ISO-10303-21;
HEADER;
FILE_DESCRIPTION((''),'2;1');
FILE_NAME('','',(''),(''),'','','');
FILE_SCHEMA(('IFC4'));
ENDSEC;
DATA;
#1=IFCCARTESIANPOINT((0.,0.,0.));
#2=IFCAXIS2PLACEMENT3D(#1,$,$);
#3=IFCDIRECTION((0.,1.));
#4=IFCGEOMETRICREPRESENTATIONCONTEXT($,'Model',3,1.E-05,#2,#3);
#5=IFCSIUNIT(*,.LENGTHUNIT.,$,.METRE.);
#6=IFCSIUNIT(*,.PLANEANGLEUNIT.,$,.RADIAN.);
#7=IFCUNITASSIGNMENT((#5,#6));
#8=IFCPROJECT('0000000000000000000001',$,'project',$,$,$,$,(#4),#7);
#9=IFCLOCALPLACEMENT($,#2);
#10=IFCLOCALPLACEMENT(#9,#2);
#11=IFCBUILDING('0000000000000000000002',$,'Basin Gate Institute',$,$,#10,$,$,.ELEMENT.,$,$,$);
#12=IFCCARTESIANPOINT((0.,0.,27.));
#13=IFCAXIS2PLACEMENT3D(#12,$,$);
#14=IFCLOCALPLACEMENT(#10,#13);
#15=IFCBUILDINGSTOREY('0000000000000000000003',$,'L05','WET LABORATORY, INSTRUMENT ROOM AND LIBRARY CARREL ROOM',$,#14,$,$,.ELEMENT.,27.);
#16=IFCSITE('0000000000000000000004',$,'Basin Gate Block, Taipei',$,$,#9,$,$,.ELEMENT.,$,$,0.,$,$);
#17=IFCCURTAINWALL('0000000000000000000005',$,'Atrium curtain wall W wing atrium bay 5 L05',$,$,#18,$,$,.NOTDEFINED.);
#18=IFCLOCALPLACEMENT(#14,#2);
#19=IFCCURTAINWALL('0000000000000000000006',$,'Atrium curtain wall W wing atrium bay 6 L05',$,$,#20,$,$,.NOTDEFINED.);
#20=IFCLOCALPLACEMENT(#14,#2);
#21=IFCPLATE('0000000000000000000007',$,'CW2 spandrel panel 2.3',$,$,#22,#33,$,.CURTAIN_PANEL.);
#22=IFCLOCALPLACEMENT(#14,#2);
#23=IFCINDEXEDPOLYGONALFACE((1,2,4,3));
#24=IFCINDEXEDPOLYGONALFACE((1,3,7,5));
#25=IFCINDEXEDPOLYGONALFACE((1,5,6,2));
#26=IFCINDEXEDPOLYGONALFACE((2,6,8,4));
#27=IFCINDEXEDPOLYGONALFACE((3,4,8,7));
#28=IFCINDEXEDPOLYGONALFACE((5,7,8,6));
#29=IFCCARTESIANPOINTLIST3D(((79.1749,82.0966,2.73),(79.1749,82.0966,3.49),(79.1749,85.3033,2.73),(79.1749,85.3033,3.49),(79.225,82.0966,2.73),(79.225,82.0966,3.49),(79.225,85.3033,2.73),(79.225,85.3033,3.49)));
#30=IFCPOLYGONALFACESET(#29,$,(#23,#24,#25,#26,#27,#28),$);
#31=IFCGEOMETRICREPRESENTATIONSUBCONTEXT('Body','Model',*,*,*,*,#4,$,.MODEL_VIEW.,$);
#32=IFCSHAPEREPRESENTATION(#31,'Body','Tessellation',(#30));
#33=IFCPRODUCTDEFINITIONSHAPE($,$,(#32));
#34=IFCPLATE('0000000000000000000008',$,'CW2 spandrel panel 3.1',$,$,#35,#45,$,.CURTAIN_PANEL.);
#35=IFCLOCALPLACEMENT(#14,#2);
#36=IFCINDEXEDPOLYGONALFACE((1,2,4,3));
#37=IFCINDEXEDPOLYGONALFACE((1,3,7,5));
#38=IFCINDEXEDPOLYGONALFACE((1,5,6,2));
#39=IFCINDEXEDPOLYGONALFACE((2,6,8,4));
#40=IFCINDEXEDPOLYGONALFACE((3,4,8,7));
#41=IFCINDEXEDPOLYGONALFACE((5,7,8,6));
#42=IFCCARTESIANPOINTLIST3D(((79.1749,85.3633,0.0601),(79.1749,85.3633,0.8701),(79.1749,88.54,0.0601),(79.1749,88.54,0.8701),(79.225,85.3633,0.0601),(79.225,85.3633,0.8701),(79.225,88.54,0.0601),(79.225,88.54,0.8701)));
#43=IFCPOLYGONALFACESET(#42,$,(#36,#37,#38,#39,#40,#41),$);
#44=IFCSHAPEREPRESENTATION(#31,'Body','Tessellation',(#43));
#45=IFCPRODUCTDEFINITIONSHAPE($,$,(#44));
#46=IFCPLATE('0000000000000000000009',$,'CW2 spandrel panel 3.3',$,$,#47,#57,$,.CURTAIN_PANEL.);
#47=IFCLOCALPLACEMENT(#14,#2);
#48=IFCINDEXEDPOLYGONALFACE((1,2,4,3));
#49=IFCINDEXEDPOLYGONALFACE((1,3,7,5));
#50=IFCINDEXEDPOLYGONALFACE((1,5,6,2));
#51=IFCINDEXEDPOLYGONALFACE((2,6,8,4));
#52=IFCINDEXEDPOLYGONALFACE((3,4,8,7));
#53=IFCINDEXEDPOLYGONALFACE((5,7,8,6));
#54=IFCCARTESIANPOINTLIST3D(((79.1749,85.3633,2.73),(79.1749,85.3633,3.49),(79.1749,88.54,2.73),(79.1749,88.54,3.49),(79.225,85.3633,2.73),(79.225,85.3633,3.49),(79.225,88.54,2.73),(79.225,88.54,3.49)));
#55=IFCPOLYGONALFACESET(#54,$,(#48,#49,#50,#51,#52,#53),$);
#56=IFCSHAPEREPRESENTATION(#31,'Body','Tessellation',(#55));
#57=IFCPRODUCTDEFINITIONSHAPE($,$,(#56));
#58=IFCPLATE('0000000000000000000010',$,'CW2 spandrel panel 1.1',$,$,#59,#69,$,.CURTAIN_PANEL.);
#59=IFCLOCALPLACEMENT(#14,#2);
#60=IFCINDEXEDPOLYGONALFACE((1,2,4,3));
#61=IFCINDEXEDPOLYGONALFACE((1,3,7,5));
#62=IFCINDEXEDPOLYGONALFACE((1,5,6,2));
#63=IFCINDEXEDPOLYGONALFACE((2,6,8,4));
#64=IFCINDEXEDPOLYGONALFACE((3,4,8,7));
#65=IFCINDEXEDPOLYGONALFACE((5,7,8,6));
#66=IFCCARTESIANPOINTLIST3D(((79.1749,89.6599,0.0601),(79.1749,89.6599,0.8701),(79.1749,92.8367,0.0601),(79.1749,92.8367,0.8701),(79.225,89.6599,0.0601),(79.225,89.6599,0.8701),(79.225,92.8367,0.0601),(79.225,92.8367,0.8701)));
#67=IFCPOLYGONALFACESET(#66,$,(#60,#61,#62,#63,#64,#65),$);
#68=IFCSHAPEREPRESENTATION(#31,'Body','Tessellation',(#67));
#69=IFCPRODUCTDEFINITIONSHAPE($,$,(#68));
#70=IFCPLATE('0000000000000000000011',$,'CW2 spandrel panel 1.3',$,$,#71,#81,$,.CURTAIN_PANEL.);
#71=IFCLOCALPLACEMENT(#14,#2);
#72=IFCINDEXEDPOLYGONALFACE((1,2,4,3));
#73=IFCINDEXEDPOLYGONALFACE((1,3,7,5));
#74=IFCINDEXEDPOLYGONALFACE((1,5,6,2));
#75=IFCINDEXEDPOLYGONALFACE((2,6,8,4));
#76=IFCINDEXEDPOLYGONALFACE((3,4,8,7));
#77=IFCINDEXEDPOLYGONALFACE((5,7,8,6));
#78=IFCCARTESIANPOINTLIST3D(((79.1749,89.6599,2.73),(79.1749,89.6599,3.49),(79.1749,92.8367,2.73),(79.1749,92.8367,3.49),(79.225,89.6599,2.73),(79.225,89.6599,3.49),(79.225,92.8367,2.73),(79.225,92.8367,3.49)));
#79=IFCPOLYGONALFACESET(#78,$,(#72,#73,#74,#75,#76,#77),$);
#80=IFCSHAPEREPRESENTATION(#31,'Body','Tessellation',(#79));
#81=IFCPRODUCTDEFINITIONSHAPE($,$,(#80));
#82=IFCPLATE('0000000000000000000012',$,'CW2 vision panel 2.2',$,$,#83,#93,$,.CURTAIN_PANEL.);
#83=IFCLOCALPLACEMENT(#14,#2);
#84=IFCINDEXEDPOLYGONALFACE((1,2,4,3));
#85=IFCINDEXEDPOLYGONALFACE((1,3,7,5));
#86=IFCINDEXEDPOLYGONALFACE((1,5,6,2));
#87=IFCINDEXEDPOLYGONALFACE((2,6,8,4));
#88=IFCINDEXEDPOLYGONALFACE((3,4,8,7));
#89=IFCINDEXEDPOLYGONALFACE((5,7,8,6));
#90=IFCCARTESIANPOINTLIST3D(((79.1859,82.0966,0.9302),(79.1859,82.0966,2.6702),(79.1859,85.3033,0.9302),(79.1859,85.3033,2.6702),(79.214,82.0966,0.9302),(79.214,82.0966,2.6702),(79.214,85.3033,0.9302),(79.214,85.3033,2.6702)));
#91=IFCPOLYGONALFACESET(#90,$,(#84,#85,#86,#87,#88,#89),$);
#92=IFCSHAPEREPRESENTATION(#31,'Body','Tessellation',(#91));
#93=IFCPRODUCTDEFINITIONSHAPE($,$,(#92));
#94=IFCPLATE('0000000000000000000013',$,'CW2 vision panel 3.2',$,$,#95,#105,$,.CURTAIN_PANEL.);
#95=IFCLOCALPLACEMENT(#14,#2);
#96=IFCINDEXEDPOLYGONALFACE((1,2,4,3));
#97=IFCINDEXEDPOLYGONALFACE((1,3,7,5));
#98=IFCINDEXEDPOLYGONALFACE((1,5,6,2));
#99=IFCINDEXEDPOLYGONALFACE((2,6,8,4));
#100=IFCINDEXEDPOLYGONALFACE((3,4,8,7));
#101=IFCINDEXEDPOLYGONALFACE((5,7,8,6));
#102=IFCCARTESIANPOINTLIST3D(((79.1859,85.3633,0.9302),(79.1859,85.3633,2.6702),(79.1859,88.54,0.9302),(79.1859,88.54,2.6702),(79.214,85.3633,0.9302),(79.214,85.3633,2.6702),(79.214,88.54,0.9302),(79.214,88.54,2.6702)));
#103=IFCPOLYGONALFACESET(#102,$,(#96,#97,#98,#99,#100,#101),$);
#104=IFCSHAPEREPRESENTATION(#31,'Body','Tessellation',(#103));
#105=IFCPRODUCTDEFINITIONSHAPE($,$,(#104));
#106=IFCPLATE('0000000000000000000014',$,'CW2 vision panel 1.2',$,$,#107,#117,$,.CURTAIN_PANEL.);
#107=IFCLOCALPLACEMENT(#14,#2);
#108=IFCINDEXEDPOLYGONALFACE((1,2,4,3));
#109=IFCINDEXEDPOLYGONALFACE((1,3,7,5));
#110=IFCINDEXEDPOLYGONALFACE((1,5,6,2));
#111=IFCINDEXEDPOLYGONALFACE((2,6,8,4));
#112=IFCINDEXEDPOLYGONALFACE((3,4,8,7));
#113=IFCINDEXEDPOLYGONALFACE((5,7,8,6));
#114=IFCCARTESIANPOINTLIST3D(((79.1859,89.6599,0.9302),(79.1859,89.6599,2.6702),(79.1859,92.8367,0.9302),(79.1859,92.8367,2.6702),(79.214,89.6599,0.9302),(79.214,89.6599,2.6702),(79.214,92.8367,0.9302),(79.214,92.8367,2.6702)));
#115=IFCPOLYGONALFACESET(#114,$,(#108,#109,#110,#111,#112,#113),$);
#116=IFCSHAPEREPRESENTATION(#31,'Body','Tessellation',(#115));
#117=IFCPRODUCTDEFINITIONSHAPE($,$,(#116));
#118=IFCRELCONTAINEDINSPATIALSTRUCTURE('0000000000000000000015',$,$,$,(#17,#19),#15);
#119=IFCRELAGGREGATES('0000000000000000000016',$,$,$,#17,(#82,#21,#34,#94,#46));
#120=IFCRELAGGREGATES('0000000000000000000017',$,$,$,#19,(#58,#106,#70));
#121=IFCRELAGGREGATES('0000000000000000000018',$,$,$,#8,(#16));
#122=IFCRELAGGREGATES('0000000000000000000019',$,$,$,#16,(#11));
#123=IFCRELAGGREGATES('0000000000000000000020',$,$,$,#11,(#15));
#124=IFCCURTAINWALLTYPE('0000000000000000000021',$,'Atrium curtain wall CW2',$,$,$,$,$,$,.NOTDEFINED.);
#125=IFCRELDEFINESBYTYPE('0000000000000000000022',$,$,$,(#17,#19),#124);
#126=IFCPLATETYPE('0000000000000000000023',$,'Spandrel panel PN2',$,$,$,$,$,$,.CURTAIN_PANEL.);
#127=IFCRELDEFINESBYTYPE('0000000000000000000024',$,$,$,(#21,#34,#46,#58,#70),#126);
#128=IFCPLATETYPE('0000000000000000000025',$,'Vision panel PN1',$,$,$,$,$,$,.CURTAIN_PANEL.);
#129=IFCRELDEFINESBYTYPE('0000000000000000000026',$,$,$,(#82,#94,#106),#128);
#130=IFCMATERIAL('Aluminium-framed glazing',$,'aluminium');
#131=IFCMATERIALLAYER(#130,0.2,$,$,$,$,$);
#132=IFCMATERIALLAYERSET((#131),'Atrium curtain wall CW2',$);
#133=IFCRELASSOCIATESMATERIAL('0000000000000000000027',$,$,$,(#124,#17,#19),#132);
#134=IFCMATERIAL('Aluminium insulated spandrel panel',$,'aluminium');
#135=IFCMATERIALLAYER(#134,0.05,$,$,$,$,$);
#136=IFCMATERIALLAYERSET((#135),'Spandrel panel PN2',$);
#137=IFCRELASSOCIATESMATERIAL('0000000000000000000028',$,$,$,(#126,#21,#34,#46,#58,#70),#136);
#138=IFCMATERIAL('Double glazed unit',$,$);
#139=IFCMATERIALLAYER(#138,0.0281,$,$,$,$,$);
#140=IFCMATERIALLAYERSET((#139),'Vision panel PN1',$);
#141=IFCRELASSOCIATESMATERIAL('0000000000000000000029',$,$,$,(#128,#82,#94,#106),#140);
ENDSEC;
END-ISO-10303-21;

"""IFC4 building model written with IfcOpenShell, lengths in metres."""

from ifc_helpers import new_model, si_unit, direction, frame, origin, origin_2d, place, context, subcontext, project, spatial, rectangle, extrude, material, layer, layer_set, type_object, element, aggregate, save


model = new_model("IFC4")

# Units and contexts
model_context = context("Model", 3, precision=1e-05, world=origin(), true_north=direction((0.0, 1.0)))
body_context = subcontext(model_context, "Body", "Model", "MODEL_VIEW")
ifc_project = project(units=[si_unit("LENGTHUNIT", "METRE"), si_unit("PLANEANGLEUNIT", "RADIAN")], contexts=[model_context])

# Site, building, storey
site_placement = place(None, origin())
site = spatial("IfcSite", under=ifc_project, at=site_placement, Name="Basin Gate Block, Taipei", CompositionType="ELEMENT", RefElevation=0.0)
building_placement = place(site_placement, origin())
building = spatial("IfcBuilding", under=site, at=building_placement, Name="Basin Gate Institute", CompositionType="ELEMENT")
storey_placement = place(building_placement, frame((0.0, 0.0, 27.0)))
storey = spatial("IfcBuildingStorey", under=building, at=storey_placement, Name="L05", Description="WET LABORATORY, INSTRUMENT ROOM AND LIBRARY CARREL ROOM", CompositionType="ELEMENT", Elevation=27.0)

# Curtain walls
ifc_material_1 = material(Name="Aluminium-framed glazing", Category="aluminium")
ifc_layer_1 = layer(ifc_material_1, 0.2)
ifc_layer_set_1 = layer_set([ifc_layer_1], Name="Atrium curtain wall CW2")
curtain_wall_type = type_object("IfcCurtainWallType", Name="Atrium curtain wall CW2", PredefinedType="NOTDEFINED", material=ifc_layer_set_1)
curtain_wall_1_placement = place(storey_placement, origin())
curtain_wall_1 = element("IfcCurtainWall", 1, at=curtain_wall_1_placement, inside=storey, type_object=curtain_wall_type, material=ifc_layer_set_1, Name="Atrium curtain wall W wing atrium bay 5 L05", PredefinedType="NOTDEFINED")
curtain_wall_2_placement = place(storey_placement, origin())
curtain_wall_2 = element("IfcCurtainWall", 2, at=curtain_wall_2_placement, inside=storey, type_object=curtain_wall_type, material=ifc_layer_set_1, Name="Atrium curtain wall W wing atrium bay 6 L05", PredefinedType="NOTDEFINED")

# Plates
ifc_material_2 = material(Name="Aluminium insulated spandrel panel", Category="aluminium")
ifc_layer_2 = layer(ifc_material_2, 0.05)
ifc_layer_set_2 = layer_set([ifc_layer_2], Name="Spandrel panel PN2")
plate_type_1 = type_object("IfcPlateType", Name="Spandrel panel PN2", PredefinedType="CURTAIN_PANEL", material=ifc_layer_set_2)
plate_1_placement = place(storey_placement, frame((79.2, 83.7, 2.73), z_axis=(0.0, 0.0, 1.0), x_axis=(0.0, 1.0, 0.0)))
plate_1 = element("IfcPlate", 3, at=plate_1_placement, type_object=plate_type_1, material=ifc_layer_set_2, Name="CW2 spandrel panel 2.3", PredefinedType="CURTAIN_PANEL", context=body_context, shape_type="SweptSolid", body=[
    extrude(rectangle(XDim=3.2068, YDim=0.05, at=origin_2d()), origin(), (0.0, 0.0, 1.0), 0.76),
])
plate_2_placement = place(storey_placement, frame((79.2, 86.9517, 0.0601), z_axis=(0.0, 0.0, 1.0), x_axis=(0.0, 1.0, 0.0)))
plate_2 = element("IfcPlate", 4, at=plate_2_placement, type_object=plate_type_1, material=ifc_layer_set_2, Name="CW2 spandrel panel 3.1", PredefinedType="CURTAIN_PANEL", context=body_context, shape_type="SweptSolid", body=[
    extrude(rectangle(XDim=3.1768, YDim=0.05, at=origin_2d()), origin(), (0.0, 0.0, 1.0), 0.8101),
])
plate_3_placement = place(storey_placement, frame((79.2, 86.9517, 2.73), z_axis=(0.0, 0.0, 1.0), x_axis=(0.0, 1.0, 0.0)))
plate_3 = element("IfcPlate", 5, at=plate_3_placement, type_object=plate_type_1, material=ifc_layer_set_2, Name="CW2 spandrel panel 3.3", PredefinedType="CURTAIN_PANEL", context=body_context, shape_type="SweptSolid", body=[
    extrude(rectangle(XDim=3.1768, YDim=0.05, at=origin_2d()), origin(), (0.0, 0.0, 1.0), 0.76),
])
plate_4_placement = place(storey_placement, frame((79.2, 91.2483, 0.0601), z_axis=(0.0, 0.0, 1.0), x_axis=(0.0, 1.0, 0.0)))
plate_4 = element("IfcPlate", 6, at=plate_4_placement, type_object=plate_type_1, material=ifc_layer_set_2, Name="CW2 spandrel panel 1.1", PredefinedType="CURTAIN_PANEL", context=body_context, shape_type="SweptSolid", body=[
    extrude(rectangle(XDim=3.1768, YDim=0.05, at=origin_2d()), origin(), (0.0, 0.0, 1.0), 0.8101),
])
plate_5_placement = place(storey_placement, frame((79.2, 91.2483, 2.73), z_axis=(0.0, 0.0, 1.0), x_axis=(0.0, 1.0, 0.0)))
plate_5 = element("IfcPlate", 7, at=plate_5_placement, type_object=plate_type_1, material=ifc_layer_set_2, Name="CW2 spandrel panel 1.3", PredefinedType="CURTAIN_PANEL", context=body_context, shape_type="SweptSolid", body=[
    extrude(rectangle(XDim=3.1768, YDim=0.05, at=origin_2d()), origin(), (0.0, 0.0, 1.0), 0.76),
])
ifc_material_3 = material(Name="Double glazed unit")
ifc_layer_3 = layer(ifc_material_3, 0.0281)
ifc_layer_set_3 = layer_set([ifc_layer_3], Name="Vision panel PN1")
plate_type_2 = type_object("IfcPlateType", Name="Vision panel PN1", PredefinedType="CURTAIN_PANEL", material=ifc_layer_set_3)
plate_6_placement = place(storey_placement, frame((79.2, 83.7, 0.9302), z_axis=(0.0, 0.0, 1.0), x_axis=(0.0, 1.0, 0.0)))
plate_6 = element("IfcPlate", 8, at=plate_6_placement, type_object=plate_type_2, material=ifc_layer_set_3, Name="CW2 vision panel 2.2", PredefinedType="CURTAIN_PANEL", context=body_context, shape_type="SweptSolid", body=[
    extrude(rectangle(XDim=3.2068, YDim=0.0281, at=origin_2d()), origin(), (0.0, 0.0, 1.0), 1.74),
])
plate_7_placement = place(storey_placement, frame((79.2, 86.9517, 0.9302), z_axis=(0.0, 0.0, 1.0), x_axis=(0.0, 1.0, 0.0)))
plate_7 = element("IfcPlate", 9, at=plate_7_placement, type_object=plate_type_2, material=ifc_layer_set_3, Name="CW2 vision panel 3.2", PredefinedType="CURTAIN_PANEL", context=body_context, shape_type="SweptSolid", body=[
    extrude(rectangle(XDim=3.1768, YDim=0.0281, at=origin_2d()), origin(), (0.0, 0.0, 1.0), 1.74),
])
aggregate(curtain_wall_1, [plate_6, plate_1, plate_2, plate_7, plate_3])
plate_8_placement = place(storey_placement, frame((79.2, 91.2483, 0.9302), z_axis=(0.0, 0.0, 1.0), x_axis=(0.0, 1.0, 0.0)))
plate_8 = element("IfcPlate", 10, at=plate_8_placement, type_object=plate_type_2, material=ifc_layer_set_3, Name="CW2 vision panel 1.2", PredefinedType="CURTAIN_PANEL", context=body_context, shape_type="SweptSolid", body=[
    extrude(rectangle(XDim=3.1768, YDim=0.0281, at=origin_2d()), origin(), (0.0, 0.0, 1.0), 1.74),
])
aggregate(curtain_wall_2, [plate_4, plate_8, plate_5])

save(model, "model.ifc")
